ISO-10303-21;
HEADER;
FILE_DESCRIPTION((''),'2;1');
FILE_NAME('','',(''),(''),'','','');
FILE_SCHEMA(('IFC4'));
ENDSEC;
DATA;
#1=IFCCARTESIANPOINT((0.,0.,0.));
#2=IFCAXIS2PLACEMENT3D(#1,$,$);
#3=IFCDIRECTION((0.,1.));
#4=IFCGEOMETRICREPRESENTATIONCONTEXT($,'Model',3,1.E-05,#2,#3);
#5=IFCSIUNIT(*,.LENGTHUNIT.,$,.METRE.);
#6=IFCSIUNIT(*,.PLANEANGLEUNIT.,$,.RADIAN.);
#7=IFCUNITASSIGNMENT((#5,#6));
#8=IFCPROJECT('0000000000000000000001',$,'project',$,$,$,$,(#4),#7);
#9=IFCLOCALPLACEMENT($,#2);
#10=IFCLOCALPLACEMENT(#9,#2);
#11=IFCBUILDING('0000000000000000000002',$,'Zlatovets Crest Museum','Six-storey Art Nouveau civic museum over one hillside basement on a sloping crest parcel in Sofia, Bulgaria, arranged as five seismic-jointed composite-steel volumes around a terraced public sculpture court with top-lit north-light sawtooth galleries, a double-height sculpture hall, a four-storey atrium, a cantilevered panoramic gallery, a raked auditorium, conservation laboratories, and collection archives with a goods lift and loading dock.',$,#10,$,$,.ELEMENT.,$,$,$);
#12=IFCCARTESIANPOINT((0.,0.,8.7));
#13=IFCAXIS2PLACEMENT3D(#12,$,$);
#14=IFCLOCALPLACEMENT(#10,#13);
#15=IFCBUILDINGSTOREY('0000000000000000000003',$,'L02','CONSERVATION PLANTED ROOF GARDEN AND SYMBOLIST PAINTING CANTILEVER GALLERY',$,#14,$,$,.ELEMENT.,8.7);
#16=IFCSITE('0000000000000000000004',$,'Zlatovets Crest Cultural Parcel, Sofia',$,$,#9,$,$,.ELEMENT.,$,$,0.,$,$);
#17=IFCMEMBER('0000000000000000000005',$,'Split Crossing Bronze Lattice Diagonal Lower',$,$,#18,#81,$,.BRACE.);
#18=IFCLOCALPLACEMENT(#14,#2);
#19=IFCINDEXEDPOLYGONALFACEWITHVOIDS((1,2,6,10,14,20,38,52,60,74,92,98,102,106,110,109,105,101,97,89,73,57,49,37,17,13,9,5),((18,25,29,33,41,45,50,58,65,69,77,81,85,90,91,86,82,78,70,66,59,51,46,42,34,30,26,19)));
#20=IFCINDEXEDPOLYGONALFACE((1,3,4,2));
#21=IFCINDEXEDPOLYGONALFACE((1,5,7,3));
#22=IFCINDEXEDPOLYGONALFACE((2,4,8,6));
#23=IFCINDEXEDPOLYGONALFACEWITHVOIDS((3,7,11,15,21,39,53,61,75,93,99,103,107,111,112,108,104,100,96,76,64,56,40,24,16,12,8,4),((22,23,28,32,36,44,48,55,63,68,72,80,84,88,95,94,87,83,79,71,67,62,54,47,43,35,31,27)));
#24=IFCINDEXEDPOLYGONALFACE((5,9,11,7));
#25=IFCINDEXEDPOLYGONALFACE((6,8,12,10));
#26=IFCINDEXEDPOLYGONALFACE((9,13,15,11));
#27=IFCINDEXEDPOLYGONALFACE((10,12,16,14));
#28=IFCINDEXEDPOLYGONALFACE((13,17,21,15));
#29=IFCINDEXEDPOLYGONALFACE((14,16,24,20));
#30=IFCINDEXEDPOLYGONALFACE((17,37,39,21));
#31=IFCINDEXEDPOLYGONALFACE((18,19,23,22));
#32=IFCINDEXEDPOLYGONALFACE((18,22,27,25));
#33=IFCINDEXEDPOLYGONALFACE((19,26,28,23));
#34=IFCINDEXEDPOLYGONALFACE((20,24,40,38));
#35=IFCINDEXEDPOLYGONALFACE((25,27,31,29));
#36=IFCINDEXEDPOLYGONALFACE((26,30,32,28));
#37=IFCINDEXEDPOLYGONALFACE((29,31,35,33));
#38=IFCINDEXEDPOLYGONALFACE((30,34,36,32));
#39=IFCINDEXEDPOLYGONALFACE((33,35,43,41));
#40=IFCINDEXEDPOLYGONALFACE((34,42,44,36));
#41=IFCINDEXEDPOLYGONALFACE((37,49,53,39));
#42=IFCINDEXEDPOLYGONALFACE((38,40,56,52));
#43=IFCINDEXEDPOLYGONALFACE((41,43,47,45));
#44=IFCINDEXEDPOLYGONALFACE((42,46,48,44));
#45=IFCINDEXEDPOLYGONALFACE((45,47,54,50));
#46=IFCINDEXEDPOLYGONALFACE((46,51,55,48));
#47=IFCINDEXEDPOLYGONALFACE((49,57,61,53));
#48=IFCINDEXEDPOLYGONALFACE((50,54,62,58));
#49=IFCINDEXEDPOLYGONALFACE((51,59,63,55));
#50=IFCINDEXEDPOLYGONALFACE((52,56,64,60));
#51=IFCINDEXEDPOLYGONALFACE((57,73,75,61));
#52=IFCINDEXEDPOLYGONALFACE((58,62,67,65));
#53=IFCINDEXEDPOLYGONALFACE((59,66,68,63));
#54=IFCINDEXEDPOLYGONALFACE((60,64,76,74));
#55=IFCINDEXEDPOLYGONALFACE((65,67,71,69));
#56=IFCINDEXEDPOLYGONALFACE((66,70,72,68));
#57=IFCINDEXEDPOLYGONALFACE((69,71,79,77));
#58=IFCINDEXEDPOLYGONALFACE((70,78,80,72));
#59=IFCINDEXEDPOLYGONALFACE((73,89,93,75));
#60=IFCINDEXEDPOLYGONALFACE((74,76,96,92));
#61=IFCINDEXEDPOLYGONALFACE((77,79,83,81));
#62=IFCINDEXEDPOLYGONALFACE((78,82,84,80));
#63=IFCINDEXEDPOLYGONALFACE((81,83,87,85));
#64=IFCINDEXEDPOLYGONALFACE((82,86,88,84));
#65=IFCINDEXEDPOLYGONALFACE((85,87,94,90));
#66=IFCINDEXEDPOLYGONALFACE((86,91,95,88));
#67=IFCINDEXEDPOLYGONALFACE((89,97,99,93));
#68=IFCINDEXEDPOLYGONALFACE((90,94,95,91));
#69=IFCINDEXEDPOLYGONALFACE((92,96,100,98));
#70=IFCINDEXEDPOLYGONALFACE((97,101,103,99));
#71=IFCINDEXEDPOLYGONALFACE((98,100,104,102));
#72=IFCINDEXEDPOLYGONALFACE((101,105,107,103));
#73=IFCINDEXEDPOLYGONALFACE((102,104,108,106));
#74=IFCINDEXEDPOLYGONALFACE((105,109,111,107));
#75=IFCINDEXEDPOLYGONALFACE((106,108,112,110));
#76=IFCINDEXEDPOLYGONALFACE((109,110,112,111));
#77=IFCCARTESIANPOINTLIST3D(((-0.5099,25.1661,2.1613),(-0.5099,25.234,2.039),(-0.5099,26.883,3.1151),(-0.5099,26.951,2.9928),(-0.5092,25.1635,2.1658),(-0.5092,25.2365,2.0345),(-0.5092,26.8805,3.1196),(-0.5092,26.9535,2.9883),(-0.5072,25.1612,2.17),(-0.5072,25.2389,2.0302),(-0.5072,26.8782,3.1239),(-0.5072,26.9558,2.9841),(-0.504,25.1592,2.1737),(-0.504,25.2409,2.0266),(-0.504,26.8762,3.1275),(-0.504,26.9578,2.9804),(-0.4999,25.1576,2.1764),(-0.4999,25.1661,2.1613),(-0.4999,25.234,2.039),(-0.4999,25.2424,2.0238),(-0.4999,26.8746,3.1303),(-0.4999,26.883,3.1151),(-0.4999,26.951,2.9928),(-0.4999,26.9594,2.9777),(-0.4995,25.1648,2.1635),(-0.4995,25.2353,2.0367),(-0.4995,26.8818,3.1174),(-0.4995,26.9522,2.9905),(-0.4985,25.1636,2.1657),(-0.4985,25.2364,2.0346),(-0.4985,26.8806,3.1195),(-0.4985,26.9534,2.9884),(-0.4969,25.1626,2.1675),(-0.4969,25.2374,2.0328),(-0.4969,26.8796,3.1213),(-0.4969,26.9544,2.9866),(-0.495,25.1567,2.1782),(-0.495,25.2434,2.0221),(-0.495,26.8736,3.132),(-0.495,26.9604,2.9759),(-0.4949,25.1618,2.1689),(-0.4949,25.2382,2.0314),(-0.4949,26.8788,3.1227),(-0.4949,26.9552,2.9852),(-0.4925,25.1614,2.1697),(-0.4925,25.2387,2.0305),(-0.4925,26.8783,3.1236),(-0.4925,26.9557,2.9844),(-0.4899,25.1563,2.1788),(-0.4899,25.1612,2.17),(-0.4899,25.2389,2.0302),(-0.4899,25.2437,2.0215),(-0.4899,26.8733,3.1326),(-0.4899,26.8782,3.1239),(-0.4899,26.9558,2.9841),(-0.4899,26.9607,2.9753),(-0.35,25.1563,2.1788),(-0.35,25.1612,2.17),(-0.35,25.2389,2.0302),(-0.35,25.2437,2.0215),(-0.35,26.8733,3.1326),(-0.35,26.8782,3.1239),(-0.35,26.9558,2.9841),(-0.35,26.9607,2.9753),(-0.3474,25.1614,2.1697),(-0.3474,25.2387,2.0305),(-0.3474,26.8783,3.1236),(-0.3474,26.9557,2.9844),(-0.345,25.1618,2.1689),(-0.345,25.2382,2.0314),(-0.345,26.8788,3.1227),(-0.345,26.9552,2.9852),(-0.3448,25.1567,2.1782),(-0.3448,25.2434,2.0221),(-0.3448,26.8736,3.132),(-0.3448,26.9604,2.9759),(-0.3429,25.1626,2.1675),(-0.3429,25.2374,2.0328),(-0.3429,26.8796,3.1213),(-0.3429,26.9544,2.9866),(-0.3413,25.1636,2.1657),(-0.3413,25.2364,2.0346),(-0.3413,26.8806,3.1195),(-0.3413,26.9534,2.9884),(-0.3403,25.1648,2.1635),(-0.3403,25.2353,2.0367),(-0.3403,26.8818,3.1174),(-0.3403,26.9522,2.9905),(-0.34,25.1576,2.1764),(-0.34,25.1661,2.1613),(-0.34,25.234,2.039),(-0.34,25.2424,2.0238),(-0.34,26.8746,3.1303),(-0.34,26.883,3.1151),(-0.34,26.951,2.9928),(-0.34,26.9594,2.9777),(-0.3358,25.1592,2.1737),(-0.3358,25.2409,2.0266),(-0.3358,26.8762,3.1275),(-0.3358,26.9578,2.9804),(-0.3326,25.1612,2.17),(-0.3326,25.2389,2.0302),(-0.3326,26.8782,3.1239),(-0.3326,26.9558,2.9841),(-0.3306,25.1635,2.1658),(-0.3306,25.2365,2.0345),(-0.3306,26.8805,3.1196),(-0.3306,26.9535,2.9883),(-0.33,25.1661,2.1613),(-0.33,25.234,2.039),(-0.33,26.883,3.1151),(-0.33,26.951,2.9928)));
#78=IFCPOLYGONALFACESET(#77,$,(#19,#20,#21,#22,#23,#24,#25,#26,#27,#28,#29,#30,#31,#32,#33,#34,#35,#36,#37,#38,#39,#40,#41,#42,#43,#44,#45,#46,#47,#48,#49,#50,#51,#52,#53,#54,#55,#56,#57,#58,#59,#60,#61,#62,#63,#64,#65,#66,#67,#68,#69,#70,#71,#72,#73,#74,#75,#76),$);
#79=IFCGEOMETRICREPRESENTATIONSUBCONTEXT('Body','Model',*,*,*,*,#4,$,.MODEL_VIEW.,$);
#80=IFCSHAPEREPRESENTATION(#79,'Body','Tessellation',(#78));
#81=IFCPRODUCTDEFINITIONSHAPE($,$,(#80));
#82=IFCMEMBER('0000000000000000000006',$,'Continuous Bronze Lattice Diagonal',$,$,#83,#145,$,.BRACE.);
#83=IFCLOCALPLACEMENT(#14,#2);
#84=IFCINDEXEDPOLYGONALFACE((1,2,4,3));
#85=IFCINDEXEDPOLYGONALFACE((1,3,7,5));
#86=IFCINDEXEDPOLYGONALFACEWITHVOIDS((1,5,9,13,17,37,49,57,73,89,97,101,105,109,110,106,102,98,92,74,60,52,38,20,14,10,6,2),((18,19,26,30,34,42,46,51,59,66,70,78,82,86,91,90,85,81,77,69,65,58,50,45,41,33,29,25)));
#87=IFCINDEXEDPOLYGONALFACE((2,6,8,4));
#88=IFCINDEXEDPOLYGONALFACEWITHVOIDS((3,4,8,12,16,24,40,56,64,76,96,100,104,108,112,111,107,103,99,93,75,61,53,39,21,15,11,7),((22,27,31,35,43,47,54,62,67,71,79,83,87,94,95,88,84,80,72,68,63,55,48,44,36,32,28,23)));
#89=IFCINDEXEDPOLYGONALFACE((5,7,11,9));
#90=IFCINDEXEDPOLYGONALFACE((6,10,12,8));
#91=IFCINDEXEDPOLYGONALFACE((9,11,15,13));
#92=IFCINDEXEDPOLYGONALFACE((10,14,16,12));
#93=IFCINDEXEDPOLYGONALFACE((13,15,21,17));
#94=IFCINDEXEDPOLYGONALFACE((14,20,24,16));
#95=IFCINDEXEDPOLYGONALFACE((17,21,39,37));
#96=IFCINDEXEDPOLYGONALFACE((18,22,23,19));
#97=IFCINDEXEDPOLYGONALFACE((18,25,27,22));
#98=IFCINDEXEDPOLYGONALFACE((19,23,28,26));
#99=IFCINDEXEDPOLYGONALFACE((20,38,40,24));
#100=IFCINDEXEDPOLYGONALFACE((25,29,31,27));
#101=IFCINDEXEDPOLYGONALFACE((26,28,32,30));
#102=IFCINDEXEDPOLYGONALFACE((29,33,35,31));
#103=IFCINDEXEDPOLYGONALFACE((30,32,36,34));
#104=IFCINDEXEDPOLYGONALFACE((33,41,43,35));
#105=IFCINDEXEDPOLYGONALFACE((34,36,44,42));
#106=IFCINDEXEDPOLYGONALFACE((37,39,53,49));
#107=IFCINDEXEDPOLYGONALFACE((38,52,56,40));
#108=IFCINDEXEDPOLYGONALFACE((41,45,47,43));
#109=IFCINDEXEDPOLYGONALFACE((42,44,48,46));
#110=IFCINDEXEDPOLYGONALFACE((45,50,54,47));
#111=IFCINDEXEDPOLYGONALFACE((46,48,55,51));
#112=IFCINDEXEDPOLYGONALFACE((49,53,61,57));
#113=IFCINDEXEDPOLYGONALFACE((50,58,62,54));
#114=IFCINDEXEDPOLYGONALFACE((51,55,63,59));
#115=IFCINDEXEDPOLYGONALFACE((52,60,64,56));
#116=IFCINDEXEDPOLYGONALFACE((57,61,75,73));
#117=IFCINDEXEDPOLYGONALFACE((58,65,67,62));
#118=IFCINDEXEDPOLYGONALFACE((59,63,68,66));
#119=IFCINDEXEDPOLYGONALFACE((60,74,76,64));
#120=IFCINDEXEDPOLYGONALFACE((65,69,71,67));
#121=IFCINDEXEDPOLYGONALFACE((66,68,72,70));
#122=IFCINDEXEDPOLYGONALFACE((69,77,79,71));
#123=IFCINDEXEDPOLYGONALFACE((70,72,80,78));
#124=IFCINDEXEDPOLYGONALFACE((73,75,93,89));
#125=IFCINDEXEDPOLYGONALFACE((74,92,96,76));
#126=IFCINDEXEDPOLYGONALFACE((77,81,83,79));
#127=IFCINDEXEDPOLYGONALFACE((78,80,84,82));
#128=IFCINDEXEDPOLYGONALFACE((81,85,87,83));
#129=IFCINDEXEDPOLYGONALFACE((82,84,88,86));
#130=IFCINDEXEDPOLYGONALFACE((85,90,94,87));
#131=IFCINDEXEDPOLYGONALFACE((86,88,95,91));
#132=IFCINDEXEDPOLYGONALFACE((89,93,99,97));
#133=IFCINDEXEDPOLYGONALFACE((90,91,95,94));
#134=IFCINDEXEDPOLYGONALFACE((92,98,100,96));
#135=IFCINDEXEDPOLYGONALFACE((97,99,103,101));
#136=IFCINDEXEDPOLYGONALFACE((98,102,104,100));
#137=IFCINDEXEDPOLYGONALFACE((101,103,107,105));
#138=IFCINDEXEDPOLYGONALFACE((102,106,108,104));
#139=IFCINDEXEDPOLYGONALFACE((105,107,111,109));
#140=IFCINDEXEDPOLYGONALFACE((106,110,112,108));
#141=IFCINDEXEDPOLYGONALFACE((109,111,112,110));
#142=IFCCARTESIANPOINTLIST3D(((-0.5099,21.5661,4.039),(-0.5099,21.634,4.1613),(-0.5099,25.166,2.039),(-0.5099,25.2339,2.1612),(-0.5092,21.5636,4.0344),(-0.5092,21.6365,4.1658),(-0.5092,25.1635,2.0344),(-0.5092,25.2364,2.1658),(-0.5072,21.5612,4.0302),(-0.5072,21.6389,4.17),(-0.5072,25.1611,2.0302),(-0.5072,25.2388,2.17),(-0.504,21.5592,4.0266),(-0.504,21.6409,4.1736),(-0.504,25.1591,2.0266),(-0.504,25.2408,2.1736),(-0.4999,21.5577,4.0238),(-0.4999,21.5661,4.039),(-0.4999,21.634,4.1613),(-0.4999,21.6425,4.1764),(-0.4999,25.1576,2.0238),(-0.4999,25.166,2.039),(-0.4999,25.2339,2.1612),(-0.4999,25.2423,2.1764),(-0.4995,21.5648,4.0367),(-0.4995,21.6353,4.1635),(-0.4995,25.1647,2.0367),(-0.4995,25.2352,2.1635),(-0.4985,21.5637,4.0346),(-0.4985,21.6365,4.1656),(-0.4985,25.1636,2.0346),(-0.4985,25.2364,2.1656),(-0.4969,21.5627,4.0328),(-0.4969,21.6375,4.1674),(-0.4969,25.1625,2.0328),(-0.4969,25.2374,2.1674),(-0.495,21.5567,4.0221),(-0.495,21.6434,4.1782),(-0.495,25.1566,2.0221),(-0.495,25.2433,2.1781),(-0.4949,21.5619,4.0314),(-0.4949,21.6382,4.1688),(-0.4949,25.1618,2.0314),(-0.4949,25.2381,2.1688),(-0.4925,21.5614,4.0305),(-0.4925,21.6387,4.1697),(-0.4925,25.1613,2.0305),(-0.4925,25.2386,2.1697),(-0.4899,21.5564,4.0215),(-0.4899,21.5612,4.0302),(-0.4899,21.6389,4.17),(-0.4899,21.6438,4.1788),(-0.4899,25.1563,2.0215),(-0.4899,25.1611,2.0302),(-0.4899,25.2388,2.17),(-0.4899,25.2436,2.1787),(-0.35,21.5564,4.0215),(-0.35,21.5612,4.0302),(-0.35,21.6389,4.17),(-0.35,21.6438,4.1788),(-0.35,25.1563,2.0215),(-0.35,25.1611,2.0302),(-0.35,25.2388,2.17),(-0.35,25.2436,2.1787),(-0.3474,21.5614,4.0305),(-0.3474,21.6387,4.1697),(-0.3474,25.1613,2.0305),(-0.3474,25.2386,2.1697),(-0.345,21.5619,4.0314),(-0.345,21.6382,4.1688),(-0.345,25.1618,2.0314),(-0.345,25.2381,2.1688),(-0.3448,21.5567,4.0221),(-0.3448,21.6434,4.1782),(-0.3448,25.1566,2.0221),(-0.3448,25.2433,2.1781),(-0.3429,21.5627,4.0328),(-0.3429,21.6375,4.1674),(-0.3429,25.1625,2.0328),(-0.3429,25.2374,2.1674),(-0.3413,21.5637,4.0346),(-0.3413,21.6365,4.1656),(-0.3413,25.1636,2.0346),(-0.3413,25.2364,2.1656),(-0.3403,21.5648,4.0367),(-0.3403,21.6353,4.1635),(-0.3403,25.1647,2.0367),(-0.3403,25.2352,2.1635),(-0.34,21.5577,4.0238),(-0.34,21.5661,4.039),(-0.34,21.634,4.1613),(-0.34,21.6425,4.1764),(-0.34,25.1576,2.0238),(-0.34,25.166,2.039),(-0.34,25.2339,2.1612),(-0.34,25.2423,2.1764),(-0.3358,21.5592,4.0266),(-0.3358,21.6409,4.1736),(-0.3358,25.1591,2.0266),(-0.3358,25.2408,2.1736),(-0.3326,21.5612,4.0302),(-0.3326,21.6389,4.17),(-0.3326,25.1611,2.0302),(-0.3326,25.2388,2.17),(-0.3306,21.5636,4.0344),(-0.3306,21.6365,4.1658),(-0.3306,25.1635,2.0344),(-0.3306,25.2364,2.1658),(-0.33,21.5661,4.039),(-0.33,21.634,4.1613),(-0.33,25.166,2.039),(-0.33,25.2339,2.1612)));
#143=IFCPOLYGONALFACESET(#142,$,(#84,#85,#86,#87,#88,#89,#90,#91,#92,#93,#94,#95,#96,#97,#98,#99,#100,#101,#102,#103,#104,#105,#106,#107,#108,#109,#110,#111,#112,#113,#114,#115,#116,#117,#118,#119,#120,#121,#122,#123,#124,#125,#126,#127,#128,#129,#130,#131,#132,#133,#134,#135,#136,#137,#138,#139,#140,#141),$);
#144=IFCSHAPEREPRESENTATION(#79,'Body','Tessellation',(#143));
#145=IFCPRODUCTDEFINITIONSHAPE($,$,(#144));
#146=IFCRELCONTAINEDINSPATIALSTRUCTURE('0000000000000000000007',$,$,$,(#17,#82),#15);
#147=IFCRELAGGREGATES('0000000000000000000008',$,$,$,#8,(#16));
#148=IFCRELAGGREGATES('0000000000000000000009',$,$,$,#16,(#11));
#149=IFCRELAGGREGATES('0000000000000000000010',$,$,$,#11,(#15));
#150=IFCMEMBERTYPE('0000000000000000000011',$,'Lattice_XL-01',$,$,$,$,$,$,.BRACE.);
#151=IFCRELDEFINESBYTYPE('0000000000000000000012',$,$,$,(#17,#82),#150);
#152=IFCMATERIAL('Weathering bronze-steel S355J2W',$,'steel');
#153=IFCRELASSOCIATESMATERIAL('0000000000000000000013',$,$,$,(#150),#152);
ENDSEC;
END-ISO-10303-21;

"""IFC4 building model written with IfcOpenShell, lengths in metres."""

from ifc_helpers import new_model, si_unit, direction, frame, origin, origin_2d, place, context, subcontext, project, spatial, hollow_rectangle, extrude, material, material_profile, profile_set, type_object, element, save


model = new_model("IFC4")

# Units and contexts
model_context = context("Model", 3, precision=1e-05, world=origin(), true_north=direction((0.0, 1.0)))
body_context = subcontext(model_context, "Body", "Model", "MODEL_VIEW")
ifc_project = project(units=[si_unit("LENGTHUNIT", "METRE"), si_unit("PLANEANGLEUNIT", "RADIAN")], contexts=[model_context])

# Site, building, storey
site_placement = place(None, origin())
site = spatial("IfcSite", under=ifc_project, at=site_placement, Name="Zlatovets Crest Cultural Parcel, Sofia", CompositionType="ELEMENT", RefElevation=0.0)
building_placement = place(site_placement, origin())
building = spatial("IfcBuilding", under=site, at=building_placement, Name="Zlatovets Crest Museum", Description="Six-storey Art Nouveau civic museum over one hillside basement on a sloping crest parcel in Sofia, Bulgaria, arranged as five seismic-jointed composite-steel volumes around a terraced public sculpture court with top-lit north-light sawtooth galleries, a double-height sculpture hall, a four-storey atrium, a cantilevered panoramic gallery, a raked auditorium, conservation laboratories, and collection archives with a goods lift and loading dock.", CompositionType="ELEMENT")
storey_placement = place(building_placement, frame((0.0, 0.0, 8.7)))
storey = spatial("IfcBuildingStorey", under=building, at=storey_placement, Name="L02", Description="CONSERVATION PLANTED ROOF GARDEN AND SYMBOLIST PAINTING CANTILEVER GALLERY", CompositionType="ELEMENT", Elevation=8.7)

# Members
ifc_material_1 = material(Name="Weathering bronze-steel S355J2W", Category="steel")
ifc_material_profile_1 = material_profile(ifc_material_1, hollow_rectangle(XDim=0.1799, YDim=0.1799, WallThickness=0.01, InnerFilletRadius=0.01, OuterFilletRadius=0.02, at=origin_2d()), Name="SHS 180x180x10.0")
ifc_profile_set_1 = profile_set([ifc_material_profile_1], Name="Weathering bronze-steel S355J2W")
member_type_1 = type_object("IfcMemberType", Name="Lattice_XL-01", PredefinedType="BRACE", material=ifc_profile_set_1)
for number, where, z_axis, x_axis, name in (
    (1, (-0.4199, 26.917, 3.054), (0.0, -0.874169, -0.485622), (1.0, 0.0, 0.0), "Split Crossing Bronze Lattice Diagonal Lower"),
):
    element("IfcMember", number, at=place(storey_placement, frame(where, z_axis=z_axis, x_axis=x_axis)), inside=storey, type_object=member_type_1, Name=name, PredefinedType="BRACE", context=body_context, shape_type="SweptSolid", body=[
        extrude(hollow_rectangle(XDim=0.1799, YDim=0.1799, WallThickness=0.01, InnerFilletRadius=0.01, OuterFilletRadius=0.02, at=origin_2d()), origin(), (0.0, 0.0, 1.0), 1.9641),
    ])
member_1_placement = place(storey_placement, frame((-0.4199, 25.2, 2.1001), z_axis=(0.0, -0.874149, 0.485658), x_axis=(1.0, 0.0, 0.0)))
element("IfcMember", 2, at=member_1_placement, inside=storey, type_object=member_type_1, Name="Continuous Bronze Lattice Diagonal", PredefinedType="BRACE", context=body_context, shape_type="SweptSolid", body=[
    extrude(hollow_rectangle(XDim=0.1799, YDim=0.1799, WallThickness=0.01, InnerFilletRadius=0.01, OuterFilletRadius=0.02, at=origin_2d()), origin(), (0.0, 0.0, 1.0), 4.1182),
])

save(model, "model.ifc")
